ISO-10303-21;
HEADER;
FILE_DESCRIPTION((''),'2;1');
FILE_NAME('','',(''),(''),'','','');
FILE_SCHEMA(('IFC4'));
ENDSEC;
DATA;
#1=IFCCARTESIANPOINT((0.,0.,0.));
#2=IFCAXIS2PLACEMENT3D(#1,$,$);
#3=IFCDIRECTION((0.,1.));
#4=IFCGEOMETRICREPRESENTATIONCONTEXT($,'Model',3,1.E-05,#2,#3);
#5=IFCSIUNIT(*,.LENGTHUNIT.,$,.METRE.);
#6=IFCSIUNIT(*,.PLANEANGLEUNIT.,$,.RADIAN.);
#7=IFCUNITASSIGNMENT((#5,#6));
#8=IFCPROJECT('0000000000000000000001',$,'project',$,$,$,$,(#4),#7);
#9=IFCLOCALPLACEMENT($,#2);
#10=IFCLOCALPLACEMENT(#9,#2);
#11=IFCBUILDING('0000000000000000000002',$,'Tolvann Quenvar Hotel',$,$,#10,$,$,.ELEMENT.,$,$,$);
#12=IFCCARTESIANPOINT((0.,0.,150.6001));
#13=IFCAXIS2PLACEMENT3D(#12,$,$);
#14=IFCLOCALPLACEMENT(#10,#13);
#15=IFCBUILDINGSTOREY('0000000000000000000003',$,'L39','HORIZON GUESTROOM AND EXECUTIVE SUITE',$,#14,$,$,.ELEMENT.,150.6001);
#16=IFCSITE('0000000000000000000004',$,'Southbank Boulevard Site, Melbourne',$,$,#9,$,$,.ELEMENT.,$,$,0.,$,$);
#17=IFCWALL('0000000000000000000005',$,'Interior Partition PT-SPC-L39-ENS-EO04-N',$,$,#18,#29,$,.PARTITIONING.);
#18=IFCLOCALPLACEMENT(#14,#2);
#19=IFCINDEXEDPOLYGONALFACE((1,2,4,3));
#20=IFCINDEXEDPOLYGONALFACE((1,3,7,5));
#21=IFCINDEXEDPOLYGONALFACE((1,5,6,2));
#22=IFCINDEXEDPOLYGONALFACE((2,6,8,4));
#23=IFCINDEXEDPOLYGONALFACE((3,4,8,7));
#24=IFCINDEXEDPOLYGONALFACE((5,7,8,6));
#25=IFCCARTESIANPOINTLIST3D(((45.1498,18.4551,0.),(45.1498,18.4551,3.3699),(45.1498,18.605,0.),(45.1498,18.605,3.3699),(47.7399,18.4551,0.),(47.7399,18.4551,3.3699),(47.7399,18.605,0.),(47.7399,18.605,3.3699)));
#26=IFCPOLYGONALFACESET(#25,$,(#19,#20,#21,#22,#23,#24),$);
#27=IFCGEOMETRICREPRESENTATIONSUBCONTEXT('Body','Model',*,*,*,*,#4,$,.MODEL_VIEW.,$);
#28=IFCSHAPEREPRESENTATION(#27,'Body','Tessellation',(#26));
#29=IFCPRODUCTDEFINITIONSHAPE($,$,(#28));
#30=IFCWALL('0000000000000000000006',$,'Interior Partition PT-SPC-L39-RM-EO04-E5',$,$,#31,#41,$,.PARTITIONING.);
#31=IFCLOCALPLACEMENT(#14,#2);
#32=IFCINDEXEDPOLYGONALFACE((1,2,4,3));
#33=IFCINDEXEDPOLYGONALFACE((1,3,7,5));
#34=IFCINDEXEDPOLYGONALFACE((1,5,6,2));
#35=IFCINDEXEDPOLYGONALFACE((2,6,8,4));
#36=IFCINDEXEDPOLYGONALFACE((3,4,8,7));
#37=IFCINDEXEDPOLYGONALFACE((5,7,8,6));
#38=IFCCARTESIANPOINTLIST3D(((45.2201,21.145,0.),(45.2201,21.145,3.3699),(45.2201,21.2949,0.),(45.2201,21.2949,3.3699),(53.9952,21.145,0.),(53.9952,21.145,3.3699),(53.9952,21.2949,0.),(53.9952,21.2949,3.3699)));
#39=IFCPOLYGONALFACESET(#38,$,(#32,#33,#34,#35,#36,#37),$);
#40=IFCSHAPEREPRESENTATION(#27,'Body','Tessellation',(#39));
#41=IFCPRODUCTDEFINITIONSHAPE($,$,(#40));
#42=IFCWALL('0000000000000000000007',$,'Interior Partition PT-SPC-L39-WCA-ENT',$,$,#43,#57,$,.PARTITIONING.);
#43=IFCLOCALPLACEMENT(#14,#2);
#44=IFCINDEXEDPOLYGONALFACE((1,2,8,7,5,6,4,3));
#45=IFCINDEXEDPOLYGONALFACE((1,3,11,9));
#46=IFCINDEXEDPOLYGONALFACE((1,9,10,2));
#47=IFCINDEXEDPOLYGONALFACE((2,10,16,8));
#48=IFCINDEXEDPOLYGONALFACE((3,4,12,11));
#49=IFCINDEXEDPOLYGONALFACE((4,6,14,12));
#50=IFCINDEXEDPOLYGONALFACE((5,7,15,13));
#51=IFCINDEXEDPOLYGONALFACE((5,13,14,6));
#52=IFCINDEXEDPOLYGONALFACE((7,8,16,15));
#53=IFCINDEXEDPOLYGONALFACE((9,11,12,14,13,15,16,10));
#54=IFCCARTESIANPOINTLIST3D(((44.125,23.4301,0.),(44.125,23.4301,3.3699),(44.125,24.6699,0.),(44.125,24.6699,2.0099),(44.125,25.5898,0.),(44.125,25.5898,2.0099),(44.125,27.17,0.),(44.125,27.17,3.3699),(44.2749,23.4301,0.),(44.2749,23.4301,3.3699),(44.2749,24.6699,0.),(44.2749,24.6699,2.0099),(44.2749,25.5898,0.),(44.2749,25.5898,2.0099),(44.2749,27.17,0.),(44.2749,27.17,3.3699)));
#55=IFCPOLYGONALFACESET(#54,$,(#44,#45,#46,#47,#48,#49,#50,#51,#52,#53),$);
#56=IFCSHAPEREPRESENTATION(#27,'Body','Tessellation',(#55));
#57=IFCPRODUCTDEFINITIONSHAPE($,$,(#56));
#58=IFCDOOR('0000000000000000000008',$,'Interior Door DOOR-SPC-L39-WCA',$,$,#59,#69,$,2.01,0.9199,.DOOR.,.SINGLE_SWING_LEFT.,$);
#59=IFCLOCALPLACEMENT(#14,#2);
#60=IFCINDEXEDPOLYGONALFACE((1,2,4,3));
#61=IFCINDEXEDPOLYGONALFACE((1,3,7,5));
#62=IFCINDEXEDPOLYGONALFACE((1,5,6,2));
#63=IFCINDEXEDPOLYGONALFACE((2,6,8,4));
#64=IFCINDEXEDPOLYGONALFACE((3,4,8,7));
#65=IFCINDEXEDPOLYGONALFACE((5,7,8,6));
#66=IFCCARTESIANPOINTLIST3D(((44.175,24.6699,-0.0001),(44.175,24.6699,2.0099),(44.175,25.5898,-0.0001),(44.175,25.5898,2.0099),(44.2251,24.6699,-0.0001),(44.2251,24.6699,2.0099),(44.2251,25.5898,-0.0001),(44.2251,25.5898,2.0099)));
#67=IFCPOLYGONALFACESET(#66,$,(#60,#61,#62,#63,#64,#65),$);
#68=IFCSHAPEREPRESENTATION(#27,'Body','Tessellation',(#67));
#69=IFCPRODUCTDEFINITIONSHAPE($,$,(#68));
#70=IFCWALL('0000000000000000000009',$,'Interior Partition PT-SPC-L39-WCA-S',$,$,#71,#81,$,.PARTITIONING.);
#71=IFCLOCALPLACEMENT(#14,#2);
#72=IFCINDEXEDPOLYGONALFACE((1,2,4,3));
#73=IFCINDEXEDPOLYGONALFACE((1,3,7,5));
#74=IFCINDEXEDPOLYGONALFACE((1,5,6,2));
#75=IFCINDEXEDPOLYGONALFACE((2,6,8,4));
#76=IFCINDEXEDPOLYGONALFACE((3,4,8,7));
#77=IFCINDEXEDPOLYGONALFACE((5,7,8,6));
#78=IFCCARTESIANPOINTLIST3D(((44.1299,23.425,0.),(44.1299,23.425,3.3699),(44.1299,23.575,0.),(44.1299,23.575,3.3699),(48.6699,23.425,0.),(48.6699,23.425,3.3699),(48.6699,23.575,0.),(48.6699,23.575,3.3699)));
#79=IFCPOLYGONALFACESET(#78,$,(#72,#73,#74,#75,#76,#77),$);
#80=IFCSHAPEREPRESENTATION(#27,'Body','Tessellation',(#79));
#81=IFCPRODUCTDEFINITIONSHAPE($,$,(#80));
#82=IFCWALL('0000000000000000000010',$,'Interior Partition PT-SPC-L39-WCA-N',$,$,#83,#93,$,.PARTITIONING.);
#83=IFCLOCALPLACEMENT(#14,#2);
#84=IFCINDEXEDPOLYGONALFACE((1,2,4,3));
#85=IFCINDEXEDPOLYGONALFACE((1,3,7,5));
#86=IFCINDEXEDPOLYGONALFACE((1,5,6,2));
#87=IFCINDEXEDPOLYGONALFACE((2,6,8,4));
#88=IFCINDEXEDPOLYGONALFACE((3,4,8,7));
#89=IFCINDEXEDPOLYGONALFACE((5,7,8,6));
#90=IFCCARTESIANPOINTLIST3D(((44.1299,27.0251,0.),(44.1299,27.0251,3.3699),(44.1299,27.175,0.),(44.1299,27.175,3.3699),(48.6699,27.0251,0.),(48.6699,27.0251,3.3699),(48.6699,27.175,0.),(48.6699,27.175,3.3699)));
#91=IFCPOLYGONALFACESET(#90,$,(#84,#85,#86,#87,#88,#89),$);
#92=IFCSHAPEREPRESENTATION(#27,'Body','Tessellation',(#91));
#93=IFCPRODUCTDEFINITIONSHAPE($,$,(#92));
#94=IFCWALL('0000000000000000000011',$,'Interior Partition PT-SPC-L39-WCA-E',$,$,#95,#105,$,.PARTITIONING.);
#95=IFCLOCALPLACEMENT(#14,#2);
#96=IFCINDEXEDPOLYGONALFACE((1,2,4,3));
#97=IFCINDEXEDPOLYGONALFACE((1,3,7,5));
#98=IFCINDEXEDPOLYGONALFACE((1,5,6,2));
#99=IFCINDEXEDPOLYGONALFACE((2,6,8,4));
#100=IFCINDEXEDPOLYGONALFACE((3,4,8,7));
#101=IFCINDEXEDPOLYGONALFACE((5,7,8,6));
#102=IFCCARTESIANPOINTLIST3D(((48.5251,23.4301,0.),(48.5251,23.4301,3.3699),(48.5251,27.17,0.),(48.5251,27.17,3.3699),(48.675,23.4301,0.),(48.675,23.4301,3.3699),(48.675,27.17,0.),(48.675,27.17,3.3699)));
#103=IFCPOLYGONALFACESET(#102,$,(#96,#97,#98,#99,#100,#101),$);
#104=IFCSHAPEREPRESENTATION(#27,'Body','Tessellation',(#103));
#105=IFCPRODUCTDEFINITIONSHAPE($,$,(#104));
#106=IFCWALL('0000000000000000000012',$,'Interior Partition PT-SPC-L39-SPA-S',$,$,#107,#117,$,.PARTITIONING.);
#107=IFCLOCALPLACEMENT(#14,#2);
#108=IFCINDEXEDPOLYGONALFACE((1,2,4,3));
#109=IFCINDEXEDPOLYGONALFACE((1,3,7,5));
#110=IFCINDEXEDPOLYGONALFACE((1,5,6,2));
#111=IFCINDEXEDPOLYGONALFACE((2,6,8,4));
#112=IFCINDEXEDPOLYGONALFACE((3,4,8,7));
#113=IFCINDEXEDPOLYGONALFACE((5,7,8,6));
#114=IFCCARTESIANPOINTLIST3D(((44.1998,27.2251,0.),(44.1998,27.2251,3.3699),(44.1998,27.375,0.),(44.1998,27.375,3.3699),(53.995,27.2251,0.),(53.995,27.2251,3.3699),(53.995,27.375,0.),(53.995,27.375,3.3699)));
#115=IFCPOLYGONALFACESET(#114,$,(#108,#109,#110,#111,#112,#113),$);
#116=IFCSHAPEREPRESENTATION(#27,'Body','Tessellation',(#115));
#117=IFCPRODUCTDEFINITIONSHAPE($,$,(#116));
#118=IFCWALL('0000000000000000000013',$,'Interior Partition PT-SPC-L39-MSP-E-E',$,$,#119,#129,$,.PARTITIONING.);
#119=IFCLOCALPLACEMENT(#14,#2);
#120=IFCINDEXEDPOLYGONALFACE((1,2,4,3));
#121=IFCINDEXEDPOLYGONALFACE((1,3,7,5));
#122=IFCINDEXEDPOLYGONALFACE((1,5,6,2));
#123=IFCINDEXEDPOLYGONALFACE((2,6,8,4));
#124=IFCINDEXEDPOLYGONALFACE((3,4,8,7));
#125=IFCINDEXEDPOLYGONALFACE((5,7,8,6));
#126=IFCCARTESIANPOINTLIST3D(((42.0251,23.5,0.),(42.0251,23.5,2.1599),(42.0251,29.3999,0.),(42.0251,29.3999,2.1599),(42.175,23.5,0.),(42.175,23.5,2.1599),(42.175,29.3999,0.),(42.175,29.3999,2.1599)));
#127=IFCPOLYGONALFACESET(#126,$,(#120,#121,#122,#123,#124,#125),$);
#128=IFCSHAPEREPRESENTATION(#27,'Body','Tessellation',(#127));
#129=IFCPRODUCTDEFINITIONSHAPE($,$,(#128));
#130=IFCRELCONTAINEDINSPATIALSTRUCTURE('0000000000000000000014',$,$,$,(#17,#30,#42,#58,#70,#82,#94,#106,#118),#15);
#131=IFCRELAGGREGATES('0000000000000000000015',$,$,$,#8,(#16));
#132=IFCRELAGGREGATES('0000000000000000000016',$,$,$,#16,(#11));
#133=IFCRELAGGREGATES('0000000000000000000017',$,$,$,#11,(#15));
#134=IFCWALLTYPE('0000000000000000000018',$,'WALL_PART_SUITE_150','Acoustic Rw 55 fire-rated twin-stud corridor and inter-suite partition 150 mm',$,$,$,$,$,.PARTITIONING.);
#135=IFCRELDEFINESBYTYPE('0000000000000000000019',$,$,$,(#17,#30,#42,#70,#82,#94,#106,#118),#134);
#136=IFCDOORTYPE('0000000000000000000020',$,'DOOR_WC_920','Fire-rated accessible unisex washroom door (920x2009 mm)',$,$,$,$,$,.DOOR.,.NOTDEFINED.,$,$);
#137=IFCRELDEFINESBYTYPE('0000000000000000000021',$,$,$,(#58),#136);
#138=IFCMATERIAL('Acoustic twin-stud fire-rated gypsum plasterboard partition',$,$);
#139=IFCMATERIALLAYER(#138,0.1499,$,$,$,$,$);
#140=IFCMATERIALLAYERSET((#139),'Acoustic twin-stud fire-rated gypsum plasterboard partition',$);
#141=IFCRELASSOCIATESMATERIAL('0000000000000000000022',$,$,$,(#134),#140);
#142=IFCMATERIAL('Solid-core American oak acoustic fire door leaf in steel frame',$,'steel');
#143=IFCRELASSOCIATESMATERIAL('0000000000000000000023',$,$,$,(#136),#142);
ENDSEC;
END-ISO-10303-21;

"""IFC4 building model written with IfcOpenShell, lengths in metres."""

from ifc_helpers import new_model, si_unit, direction, frame, frame_2d, origin, place, context, subcontext, project, spatial, rectangle, extrude, source, transform, mapped, material, layer, layer_set, type_object, type_shapes, element, fill, save


model = new_model("IFC4")

# Units and contexts
model_context = context("Model", 3, precision=1e-05, world=origin(), true_north=direction((0.0, 1.0)))
body_context = subcontext(model_context, "Body", "Model", "MODEL_VIEW")
ifc_project = project(units=[si_unit("LENGTHUNIT", "METRE"), si_unit("PLANEANGLEUNIT", "RADIAN")], contexts=[model_context])

# Site, building, storey
site_placement = place(None, origin())
site = spatial("IfcSite", under=ifc_project, at=site_placement, Name="Southbank Boulevard Site, Melbourne", CompositionType="ELEMENT", RefElevation=0.0)
building_placement = place(site_placement, origin())
building = spatial("IfcBuilding", under=site, at=building_placement, Name="Tolvann Quenvar Hotel", CompositionType="ELEMENT")
storey_placement = place(building_placement, frame((0.0, 0.0, 150.6001)))
storey = spatial("IfcBuildingStorey", under=building, at=storey_placement, Name="L39", Description="HORIZON GUESTROOM AND EXECUTIVE SUITE", CompositionType="ELEMENT", Elevation=150.6001)

# Shared definitions
ifc_material_1 = material(Name="Acoustic twin-stud fire-rated gypsum plasterboard partition")
ifc_layer_1 = layer(ifc_material_1, 0.1499)
ifc_layer_set_1 = layer_set([ifc_layer_1], Name="Acoustic twin-stud fire-rated gypsum plasterboard partition")
wall_type_1 = type_object("IfcWallType", Name="WALL_PART_SUITE_150", Description="Acoustic Rw 55 fire-rated twin-stud corridor and inter-suite partition 150 mm", PredefinedType="PARTITIONING", material=ifc_layer_set_1)
ifc_material_2 = material(Name="Solid-core American oak acoustic fire door leaf in steel frame", Category="steel")
door_type_1 = type_object("IfcDoorType", Name="DOOR_WC_920", Description="Fire-rated accessible unisex washroom door (920x2009 mm)", OperationType="NOTDEFINED", PredefinedType="DOOR", material=ifc_material_2)
shared_shape_1 = source(origin(), body_context, "Body", "SweptSolid", [
    extrude(rectangle(XDim=0.9199, YDim=2.01, at=frame_2d((0.46, 1.0049))), frame((0.0, 0.0249, 0.0), z_axis=(0.0, -1.0, 0.0), x_axis=(1.0, 0.0, 0.0)), (0.0, 0.0, 1.0), 0.05),
])
type_shapes(door_type_1, [shared_shape_1])

# Wall
wall_1_placement = place(storey_placement, frame((45.1499, 18.53, 0.0), z_axis=(0.0, 0.0, 1.0), x_axis=(1.0, 0.0, 0.0)))
element("IfcWall", 1, at=wall_1_placement, inside=storey, type_object=wall_type_1, Name="Interior Partition PT-SPC-L39-ENS-EO04-N", PredefinedType="PARTITIONING", context=body_context, shape_type="SweptSolid", body=[
    extrude(rectangle(XDim=2.5901, YDim=0.1499, at=frame_2d((1.2949, 0.0))), origin(), (0.0, 0.0, 1.0), 3.3699),
])

# Wall
wall_2_placement = place(storey_placement, frame((45.22, 21.22, 0.0), z_axis=(0.0, 0.0, 1.0), x_axis=(1.0, 0.0, 0.0)))
element("IfcWall", 2, at=wall_2_placement, inside=storey, type_object=wall_type_1, Name="Interior Partition PT-SPC-L39-RM-EO04-E5", PredefinedType="PARTITIONING", context=body_context, shape_type="SweptSolid", body=[
    extrude(rectangle(XDim=8.7751, YDim=0.1499, at=frame_2d((4.3877, 0.0))), origin(), (0.0, 0.0, 1.0), 3.3699),
])

# Wall, opening, door
wall_3_placement = place(storey_placement, frame((44.2, 23.4299, 0.0), z_axis=(0.0, 0.0, 1.0), x_axis=(0.0, 1.0, 0.0)))
wall_3 = element("IfcWall", 3, at=wall_3_placement, inside=storey, type_object=wall_type_1, Name="Interior Partition PT-SPC-L39-WCA-ENT", PredefinedType="PARTITIONING", context=body_context, shape_type="SweptSolid", body=[
    extrude(rectangle(XDim=3.74, YDim=0.1499, at=frame_2d((1.8701, 0.0))), origin(), (0.0, 0.0, 1.0), 3.3699),
])
opening_1_placement = place(wall_3_placement, frame((1.24, 0.0, 0.0)))
opening_1 = element("IfcOpeningElement", 4, at=opening_1_placement, cuts=wall_3, PredefinedType="OPENING", context=body_context, shape_type="SweptSolid", body=[
    extrude(rectangle(XDim=0.9199, YDim=2.01, at=frame_2d((0.46, 1.0049))), frame((0.0, 0.085, 0.0), z_axis=(0.0, -1.0, 0.0), x_axis=(1.0, 0.0, 0.0)), (0.0, 0.0, 1.0), 0.1699),
])
door_1_placement = place(opening_1_placement, origin())
door_1 = element("IfcDoor", 5, at=door_1_placement, inside=storey, type_object=door_type_1, Name="Interior Door DOOR-SPC-L39-WCA", OperationType="SINGLE_SWING_LEFT", OverallHeight=2.01, OverallWidth=0.9199, PredefinedType="DOOR", context=body_context, shape_type="MappedRepresentation", body=[
    mapped(shared_shape_1, transform((0.0, 0.0, 0.0), x_axis=(1.0, 0.0, 0.0), y_axis=(0.0, 1.0, 0.0), z_axis=(0.0, 0.0, 1.0), scale=1.0)),
])
fill(opening_1, door_1)

# Walls
for number, where, z_axis, x_axis, name in (
    (6, (44.1299, 23.5, 0.0), (0.0, 0.0, 1.0), (1.0, 0.0, 0.0), "Interior Partition PT-SPC-L39-WCA-S"),
    (7, (44.1299, 27.1001, 0.0), (0.0, 0.0, 1.0), (1.0, 0.0, 0.0), "Interior Partition PT-SPC-L39-WCA-N"),
):
    element("IfcWall", number, at=place(storey_placement, frame(where, z_axis=z_axis, x_axis=x_axis)), inside=storey, type_object=wall_type_1, Name=name, PredefinedType="PARTITIONING", context=body_context, shape_type="SweptSolid", body=[
        extrude(rectangle(XDim=4.54, YDim=0.1499, at=frame_2d((2.27, 0.0))), origin(), (0.0, 0.0, 1.0), 3.3699),
    ])
wall_4_placement = place(storey_placement, frame((48.6001, 23.4299, 0.0), z_axis=(0.0, 0.0, 1.0), x_axis=(0.0, 1.0, 0.0)))
element("IfcWall", 8, at=wall_4_placement, inside=storey, type_object=wall_type_1, Name="Interior Partition PT-SPC-L39-WCA-E", PredefinedType="PARTITIONING", context=body_context, shape_type="SweptSolid", body=[
    extrude(rectangle(XDim=3.74, YDim=0.1499, at=frame_2d((1.8701, 0.0))), origin(), (0.0, 0.0, 1.0), 3.3699),
])
wall_5_placement = place(storey_placement, frame((44.2, 27.3, 0.0), z_axis=(0.0, 0.0, 1.0), x_axis=(1.0, 0.0, 0.0)))
element("IfcWall", 9, at=wall_5_placement, inside=storey, type_object=wall_type_1, Name="Interior Partition PT-SPC-L39-SPA-S", PredefinedType="PARTITIONING", context=body_context, shape_type="SweptSolid", body=[
    extrude(rectangle(XDim=9.7952, YDim=0.1499, at=frame_2d((4.8975, 0.0))), origin(), (0.0, 0.0, 1.0), 3.3699),
])

# Wall
wall_6_placement = place(storey_placement, frame((42.1001, 23.5, 0.0), z_axis=(0.0, 0.0, 1.0), x_axis=(0.0, 1.0, 0.0)))
element("IfcWall", 10, at=wall_6_placement, inside=storey, type_object=wall_type_1, Name="Interior Partition PT-SPC-L39-MSP-E-E", PredefinedType="PARTITIONING", context=body_context, shape_type="SweptSolid", body=[
    extrude(rectangle(XDim=5.8999, YDim=0.1499, at=frame_2d((2.95, 0.0))), origin(), (0.0, 0.0, 1.0), 2.1599),
])

save(model, "model.ifc")
